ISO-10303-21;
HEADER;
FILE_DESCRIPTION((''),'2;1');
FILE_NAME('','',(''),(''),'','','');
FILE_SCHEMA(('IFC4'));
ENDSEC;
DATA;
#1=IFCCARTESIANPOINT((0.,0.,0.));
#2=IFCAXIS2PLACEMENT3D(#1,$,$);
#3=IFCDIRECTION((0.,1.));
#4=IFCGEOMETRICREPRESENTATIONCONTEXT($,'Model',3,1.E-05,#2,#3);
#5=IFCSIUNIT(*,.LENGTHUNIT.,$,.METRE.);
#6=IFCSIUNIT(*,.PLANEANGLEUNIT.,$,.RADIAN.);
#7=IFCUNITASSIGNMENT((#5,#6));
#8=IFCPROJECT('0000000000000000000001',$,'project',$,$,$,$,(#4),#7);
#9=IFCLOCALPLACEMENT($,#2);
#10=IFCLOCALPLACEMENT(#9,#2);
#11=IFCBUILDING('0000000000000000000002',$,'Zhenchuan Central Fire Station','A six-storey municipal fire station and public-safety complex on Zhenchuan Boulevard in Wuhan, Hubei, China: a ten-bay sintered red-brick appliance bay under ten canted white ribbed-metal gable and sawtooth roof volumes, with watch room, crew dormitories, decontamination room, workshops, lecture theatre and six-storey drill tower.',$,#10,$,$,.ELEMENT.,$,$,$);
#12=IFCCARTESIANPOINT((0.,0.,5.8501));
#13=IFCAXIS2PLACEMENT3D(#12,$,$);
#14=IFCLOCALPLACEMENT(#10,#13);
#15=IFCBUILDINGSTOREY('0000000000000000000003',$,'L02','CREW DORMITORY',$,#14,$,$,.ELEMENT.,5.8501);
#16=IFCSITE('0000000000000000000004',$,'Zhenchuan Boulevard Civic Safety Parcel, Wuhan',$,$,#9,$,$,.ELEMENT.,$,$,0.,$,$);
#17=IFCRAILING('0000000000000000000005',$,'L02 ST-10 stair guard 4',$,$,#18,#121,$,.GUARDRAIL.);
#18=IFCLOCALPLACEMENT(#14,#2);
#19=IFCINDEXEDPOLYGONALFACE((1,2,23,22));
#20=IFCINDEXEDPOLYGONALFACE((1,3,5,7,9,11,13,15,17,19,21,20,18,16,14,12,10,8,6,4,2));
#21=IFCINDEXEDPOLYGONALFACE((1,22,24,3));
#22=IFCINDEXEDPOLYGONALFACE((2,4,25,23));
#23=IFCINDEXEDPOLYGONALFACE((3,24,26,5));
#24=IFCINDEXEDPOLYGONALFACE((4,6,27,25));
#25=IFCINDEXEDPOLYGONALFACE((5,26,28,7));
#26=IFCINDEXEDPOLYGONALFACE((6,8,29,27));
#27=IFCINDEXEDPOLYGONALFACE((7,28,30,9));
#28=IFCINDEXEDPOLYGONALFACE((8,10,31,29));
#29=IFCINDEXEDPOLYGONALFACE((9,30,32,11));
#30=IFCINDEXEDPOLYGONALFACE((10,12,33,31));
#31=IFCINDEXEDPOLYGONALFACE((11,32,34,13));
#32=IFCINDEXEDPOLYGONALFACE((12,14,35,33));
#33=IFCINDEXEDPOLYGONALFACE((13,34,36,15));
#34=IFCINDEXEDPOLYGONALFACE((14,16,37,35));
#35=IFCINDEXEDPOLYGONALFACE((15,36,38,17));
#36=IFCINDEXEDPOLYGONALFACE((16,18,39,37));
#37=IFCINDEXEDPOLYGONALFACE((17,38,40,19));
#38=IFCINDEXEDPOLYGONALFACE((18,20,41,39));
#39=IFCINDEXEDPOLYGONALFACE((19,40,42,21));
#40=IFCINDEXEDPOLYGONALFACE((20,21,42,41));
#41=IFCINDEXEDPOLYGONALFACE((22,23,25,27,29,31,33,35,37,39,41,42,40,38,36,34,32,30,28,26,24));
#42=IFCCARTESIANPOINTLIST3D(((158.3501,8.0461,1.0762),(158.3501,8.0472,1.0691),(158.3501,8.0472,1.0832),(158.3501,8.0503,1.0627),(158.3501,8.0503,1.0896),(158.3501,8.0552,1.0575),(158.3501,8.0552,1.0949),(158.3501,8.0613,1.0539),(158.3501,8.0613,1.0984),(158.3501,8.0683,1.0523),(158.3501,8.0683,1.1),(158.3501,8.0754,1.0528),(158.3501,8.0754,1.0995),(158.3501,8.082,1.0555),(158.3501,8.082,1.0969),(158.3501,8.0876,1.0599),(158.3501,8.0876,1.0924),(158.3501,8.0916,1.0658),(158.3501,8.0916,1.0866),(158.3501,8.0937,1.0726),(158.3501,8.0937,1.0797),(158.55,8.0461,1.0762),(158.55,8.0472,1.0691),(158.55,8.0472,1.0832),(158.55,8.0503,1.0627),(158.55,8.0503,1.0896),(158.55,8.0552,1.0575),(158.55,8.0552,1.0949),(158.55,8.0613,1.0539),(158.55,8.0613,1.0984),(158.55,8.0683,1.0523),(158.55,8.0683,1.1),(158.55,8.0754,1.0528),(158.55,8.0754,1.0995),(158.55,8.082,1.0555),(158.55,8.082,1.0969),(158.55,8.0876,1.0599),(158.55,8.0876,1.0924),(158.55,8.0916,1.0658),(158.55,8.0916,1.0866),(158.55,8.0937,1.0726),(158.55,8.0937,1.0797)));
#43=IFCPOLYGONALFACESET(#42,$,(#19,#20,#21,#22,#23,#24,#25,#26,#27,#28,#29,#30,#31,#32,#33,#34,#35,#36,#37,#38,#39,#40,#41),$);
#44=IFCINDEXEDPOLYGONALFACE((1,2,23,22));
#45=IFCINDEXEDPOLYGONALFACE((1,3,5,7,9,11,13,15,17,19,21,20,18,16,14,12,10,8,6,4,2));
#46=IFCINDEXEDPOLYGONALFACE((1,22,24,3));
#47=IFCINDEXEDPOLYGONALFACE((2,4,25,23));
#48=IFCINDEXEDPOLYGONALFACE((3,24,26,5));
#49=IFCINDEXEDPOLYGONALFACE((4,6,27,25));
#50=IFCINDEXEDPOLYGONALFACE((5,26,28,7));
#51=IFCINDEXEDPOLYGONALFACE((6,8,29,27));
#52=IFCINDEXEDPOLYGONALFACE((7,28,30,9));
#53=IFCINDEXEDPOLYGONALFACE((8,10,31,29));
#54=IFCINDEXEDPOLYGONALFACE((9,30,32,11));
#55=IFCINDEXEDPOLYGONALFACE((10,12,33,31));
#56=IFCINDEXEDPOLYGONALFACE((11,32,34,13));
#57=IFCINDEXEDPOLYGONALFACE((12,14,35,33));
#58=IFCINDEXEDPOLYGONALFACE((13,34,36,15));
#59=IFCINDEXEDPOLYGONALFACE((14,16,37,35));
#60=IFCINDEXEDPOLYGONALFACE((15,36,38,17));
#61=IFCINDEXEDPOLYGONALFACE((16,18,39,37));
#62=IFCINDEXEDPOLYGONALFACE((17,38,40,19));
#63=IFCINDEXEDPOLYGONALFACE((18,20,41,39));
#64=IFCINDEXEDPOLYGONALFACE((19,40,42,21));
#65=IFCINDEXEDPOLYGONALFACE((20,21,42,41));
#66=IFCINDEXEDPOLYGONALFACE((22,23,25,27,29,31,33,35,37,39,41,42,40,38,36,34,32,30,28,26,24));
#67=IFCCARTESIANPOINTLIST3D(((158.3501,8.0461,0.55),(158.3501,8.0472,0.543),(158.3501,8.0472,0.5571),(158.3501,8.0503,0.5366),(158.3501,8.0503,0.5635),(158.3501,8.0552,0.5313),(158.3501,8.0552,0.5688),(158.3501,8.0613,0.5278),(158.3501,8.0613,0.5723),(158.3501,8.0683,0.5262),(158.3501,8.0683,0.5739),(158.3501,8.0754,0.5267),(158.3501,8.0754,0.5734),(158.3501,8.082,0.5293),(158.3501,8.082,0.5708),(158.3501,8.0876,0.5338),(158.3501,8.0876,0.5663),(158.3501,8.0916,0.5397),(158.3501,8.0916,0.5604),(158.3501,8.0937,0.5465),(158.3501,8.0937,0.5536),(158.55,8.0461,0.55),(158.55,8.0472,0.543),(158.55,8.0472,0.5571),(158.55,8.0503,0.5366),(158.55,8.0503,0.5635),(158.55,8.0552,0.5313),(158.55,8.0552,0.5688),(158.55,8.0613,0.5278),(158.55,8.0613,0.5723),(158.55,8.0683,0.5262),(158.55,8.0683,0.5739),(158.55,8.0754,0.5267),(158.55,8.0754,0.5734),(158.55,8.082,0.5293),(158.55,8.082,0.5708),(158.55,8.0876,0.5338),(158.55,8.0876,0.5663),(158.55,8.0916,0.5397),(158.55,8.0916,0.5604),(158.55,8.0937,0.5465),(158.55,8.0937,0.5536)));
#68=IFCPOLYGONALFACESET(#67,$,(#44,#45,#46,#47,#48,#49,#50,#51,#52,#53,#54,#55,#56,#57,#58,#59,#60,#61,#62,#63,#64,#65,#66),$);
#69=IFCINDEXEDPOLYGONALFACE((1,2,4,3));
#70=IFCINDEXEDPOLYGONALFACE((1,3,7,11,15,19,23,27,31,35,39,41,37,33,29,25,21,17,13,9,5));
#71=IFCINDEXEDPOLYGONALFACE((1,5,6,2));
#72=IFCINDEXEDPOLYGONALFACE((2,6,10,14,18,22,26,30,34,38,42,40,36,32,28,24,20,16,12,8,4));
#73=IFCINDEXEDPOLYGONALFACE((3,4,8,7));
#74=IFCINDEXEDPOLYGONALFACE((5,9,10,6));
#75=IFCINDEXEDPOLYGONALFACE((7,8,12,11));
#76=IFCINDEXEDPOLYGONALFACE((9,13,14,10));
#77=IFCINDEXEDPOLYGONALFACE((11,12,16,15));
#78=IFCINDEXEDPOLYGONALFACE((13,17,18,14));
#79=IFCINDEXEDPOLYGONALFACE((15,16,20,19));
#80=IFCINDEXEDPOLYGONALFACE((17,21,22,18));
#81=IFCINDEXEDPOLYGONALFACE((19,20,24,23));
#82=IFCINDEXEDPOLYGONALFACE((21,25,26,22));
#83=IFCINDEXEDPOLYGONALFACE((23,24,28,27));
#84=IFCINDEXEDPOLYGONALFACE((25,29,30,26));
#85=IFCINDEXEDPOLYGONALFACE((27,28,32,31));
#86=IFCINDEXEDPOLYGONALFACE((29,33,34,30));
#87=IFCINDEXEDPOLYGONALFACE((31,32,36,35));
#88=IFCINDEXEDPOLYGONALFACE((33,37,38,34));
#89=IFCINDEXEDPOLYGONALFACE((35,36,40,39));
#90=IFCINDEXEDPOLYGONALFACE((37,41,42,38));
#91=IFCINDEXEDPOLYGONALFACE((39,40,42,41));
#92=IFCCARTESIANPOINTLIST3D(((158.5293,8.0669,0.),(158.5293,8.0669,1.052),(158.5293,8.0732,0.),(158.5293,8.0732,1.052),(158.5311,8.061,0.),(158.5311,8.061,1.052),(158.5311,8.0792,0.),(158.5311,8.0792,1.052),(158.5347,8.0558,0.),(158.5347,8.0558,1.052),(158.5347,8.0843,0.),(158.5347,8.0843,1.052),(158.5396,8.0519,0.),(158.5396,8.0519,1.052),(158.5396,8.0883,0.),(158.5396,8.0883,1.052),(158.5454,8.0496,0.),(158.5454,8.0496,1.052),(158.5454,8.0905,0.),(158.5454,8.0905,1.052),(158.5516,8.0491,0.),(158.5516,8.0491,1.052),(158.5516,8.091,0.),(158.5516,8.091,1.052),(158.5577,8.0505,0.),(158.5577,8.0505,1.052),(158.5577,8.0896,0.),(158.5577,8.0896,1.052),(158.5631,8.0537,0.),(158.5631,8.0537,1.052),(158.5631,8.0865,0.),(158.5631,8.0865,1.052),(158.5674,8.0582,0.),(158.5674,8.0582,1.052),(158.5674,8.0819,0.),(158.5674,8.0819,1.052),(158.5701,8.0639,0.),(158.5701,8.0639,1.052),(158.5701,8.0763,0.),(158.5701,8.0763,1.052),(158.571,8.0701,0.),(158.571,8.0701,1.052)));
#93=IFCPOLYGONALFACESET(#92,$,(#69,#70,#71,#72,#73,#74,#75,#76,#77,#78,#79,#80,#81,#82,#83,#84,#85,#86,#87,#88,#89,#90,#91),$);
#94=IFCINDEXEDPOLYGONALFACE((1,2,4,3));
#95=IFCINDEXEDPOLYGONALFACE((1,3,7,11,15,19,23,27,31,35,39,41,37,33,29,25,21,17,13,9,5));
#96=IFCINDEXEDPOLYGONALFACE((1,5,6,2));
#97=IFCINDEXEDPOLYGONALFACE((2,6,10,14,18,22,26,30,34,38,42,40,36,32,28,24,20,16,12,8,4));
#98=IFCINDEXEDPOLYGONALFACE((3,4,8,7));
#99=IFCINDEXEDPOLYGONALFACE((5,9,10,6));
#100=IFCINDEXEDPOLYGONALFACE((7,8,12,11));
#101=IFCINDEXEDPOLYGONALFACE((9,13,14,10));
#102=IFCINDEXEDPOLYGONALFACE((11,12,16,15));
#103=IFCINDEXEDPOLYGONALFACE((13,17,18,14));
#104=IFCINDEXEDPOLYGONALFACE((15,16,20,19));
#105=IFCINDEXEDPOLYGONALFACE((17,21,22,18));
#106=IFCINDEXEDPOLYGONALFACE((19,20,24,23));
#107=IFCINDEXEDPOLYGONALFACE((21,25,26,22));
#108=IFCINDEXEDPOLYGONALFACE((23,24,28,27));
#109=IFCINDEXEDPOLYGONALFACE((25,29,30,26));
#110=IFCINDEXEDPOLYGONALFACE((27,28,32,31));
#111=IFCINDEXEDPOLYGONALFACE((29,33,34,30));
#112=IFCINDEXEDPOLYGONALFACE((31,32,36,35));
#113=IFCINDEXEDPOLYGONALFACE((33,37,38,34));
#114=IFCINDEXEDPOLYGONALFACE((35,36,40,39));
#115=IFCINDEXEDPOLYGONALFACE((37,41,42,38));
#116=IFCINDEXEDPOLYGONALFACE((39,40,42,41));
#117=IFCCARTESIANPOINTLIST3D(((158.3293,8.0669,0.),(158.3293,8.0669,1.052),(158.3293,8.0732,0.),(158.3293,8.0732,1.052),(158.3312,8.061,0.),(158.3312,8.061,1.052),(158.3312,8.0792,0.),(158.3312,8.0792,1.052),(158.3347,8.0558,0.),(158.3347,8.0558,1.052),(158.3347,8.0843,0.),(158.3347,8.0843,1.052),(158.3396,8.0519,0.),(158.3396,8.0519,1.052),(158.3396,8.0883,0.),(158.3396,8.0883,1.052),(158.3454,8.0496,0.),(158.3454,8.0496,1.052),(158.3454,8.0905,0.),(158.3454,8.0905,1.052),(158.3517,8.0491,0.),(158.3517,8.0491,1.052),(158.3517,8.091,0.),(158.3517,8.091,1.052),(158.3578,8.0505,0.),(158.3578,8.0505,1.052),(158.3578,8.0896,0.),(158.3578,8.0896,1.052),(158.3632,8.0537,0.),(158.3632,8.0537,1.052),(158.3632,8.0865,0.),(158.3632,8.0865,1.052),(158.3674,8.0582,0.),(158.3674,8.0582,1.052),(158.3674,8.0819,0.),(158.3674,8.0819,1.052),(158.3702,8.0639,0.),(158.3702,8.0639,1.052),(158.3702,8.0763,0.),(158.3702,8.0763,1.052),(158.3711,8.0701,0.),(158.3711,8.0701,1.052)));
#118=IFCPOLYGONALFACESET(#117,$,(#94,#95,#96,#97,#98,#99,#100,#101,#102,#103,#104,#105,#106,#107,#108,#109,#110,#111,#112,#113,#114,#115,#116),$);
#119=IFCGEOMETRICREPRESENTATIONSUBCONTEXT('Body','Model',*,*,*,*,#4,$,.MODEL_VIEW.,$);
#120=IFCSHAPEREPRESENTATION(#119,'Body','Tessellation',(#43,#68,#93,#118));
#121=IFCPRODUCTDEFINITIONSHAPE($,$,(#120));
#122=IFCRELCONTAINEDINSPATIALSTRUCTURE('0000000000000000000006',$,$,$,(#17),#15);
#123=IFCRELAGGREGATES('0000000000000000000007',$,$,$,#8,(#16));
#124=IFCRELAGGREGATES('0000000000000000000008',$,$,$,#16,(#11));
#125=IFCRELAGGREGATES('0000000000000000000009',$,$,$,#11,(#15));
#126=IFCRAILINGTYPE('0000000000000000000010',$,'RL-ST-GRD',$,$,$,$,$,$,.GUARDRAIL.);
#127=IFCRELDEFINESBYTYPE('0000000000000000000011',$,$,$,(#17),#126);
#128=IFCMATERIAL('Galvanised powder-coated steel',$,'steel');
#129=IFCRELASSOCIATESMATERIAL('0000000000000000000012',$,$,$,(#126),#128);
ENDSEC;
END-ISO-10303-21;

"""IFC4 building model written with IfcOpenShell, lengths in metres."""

from ifc_helpers import new_model, si_unit, direction, frame, origin, origin_2d, place, context, subcontext, project, spatial, circle, extrude, material, type_object, element, save


model = new_model("IFC4")

# Units and contexts
model_context = context("Model", 3, precision=1e-05, world=origin(), true_north=direction((0.0, 1.0)))
body_context = subcontext(model_context, "Body", "Model", "MODEL_VIEW")
ifc_project = project(units=[si_unit("LENGTHUNIT", "METRE"), si_unit("PLANEANGLEUNIT", "RADIAN")], contexts=[model_context])

# Site, building, storey
site_placement = place(None, origin())
site = spatial("IfcSite", under=ifc_project, at=site_placement, Name="Zhenchuan Boulevard Civic Safety Parcel, Wuhan", CompositionType="ELEMENT", RefElevation=0.0)
building_placement = place(site_placement, origin())
building = spatial("IfcBuilding", under=site, at=building_placement, Name="Zhenchuan Central Fire Station", Description="A six-storey municipal fire station and public-safety complex on Zhenchuan Boulevard in Wuhan, Hubei, China: a ten-bay sintered red-brick appliance bay under ten canted white ribbed-metal gable and sawtooth roof volumes, with watch room, crew dormitories, decontamination room, workshops, lecture theatre and six-storey drill tower.", CompositionType="ELEMENT")
storey_placement = place(building_placement, frame((0.0, 0.0, 5.8501)))
storey = spatial("IfcBuildingStorey", under=building, at=storey_placement, Name="L02", Description="CREW DORMITORY", CompositionType="ELEMENT", Elevation=5.8501)

# Railing
ifc_material_1 = material(Name="Galvanised powder-coated steel", Category="steel")
railing_type_1 = type_object("IfcRailingType", Name="RL-ST-GRD", PredefinedType="GUARDRAIL", material=ifc_material_1)
railing_1_placement = place(storey_placement, frame((158.55, 8.0701, 0.0)))
element("IfcRailing", 1, at=railing_1_placement, inside=storey, type_object=railing_type_1, Name="L02 ST-10 stair guard 4", PredefinedType="GUARDRAIL", context=body_context, shape_type="SweptSolid", body=[
    extrude(circle(Radius=0.0239, at=origin_2d()), frame((0.0, 0.0, 1.0762), z_axis=(-1.0, 0.0, 0.0), x_axis=(0.0, -1.0, 0.0)), (0.0, 0.0, 1.0), 0.2),
    extrude(circle(Radius=0.0239, at=origin_2d()), frame((0.0, 0.0, 0.55), z_axis=(-1.0, 0.0, 0.0), x_axis=(0.0, -1.0, 0.0)), (0.0, 0.0, 1.0), 0.2),
    extrude(circle(Radius=0.021, at=origin_2d()), origin(), (0.0, 0.0, 1.0), 1.052),
    extrude(circle(Radius=0.021, at=origin_2d()), frame((-0.2, 0.0, 0.0)), (0.0, 0.0, 1.0), 1.052),
])

save(model, "model.ifc")
